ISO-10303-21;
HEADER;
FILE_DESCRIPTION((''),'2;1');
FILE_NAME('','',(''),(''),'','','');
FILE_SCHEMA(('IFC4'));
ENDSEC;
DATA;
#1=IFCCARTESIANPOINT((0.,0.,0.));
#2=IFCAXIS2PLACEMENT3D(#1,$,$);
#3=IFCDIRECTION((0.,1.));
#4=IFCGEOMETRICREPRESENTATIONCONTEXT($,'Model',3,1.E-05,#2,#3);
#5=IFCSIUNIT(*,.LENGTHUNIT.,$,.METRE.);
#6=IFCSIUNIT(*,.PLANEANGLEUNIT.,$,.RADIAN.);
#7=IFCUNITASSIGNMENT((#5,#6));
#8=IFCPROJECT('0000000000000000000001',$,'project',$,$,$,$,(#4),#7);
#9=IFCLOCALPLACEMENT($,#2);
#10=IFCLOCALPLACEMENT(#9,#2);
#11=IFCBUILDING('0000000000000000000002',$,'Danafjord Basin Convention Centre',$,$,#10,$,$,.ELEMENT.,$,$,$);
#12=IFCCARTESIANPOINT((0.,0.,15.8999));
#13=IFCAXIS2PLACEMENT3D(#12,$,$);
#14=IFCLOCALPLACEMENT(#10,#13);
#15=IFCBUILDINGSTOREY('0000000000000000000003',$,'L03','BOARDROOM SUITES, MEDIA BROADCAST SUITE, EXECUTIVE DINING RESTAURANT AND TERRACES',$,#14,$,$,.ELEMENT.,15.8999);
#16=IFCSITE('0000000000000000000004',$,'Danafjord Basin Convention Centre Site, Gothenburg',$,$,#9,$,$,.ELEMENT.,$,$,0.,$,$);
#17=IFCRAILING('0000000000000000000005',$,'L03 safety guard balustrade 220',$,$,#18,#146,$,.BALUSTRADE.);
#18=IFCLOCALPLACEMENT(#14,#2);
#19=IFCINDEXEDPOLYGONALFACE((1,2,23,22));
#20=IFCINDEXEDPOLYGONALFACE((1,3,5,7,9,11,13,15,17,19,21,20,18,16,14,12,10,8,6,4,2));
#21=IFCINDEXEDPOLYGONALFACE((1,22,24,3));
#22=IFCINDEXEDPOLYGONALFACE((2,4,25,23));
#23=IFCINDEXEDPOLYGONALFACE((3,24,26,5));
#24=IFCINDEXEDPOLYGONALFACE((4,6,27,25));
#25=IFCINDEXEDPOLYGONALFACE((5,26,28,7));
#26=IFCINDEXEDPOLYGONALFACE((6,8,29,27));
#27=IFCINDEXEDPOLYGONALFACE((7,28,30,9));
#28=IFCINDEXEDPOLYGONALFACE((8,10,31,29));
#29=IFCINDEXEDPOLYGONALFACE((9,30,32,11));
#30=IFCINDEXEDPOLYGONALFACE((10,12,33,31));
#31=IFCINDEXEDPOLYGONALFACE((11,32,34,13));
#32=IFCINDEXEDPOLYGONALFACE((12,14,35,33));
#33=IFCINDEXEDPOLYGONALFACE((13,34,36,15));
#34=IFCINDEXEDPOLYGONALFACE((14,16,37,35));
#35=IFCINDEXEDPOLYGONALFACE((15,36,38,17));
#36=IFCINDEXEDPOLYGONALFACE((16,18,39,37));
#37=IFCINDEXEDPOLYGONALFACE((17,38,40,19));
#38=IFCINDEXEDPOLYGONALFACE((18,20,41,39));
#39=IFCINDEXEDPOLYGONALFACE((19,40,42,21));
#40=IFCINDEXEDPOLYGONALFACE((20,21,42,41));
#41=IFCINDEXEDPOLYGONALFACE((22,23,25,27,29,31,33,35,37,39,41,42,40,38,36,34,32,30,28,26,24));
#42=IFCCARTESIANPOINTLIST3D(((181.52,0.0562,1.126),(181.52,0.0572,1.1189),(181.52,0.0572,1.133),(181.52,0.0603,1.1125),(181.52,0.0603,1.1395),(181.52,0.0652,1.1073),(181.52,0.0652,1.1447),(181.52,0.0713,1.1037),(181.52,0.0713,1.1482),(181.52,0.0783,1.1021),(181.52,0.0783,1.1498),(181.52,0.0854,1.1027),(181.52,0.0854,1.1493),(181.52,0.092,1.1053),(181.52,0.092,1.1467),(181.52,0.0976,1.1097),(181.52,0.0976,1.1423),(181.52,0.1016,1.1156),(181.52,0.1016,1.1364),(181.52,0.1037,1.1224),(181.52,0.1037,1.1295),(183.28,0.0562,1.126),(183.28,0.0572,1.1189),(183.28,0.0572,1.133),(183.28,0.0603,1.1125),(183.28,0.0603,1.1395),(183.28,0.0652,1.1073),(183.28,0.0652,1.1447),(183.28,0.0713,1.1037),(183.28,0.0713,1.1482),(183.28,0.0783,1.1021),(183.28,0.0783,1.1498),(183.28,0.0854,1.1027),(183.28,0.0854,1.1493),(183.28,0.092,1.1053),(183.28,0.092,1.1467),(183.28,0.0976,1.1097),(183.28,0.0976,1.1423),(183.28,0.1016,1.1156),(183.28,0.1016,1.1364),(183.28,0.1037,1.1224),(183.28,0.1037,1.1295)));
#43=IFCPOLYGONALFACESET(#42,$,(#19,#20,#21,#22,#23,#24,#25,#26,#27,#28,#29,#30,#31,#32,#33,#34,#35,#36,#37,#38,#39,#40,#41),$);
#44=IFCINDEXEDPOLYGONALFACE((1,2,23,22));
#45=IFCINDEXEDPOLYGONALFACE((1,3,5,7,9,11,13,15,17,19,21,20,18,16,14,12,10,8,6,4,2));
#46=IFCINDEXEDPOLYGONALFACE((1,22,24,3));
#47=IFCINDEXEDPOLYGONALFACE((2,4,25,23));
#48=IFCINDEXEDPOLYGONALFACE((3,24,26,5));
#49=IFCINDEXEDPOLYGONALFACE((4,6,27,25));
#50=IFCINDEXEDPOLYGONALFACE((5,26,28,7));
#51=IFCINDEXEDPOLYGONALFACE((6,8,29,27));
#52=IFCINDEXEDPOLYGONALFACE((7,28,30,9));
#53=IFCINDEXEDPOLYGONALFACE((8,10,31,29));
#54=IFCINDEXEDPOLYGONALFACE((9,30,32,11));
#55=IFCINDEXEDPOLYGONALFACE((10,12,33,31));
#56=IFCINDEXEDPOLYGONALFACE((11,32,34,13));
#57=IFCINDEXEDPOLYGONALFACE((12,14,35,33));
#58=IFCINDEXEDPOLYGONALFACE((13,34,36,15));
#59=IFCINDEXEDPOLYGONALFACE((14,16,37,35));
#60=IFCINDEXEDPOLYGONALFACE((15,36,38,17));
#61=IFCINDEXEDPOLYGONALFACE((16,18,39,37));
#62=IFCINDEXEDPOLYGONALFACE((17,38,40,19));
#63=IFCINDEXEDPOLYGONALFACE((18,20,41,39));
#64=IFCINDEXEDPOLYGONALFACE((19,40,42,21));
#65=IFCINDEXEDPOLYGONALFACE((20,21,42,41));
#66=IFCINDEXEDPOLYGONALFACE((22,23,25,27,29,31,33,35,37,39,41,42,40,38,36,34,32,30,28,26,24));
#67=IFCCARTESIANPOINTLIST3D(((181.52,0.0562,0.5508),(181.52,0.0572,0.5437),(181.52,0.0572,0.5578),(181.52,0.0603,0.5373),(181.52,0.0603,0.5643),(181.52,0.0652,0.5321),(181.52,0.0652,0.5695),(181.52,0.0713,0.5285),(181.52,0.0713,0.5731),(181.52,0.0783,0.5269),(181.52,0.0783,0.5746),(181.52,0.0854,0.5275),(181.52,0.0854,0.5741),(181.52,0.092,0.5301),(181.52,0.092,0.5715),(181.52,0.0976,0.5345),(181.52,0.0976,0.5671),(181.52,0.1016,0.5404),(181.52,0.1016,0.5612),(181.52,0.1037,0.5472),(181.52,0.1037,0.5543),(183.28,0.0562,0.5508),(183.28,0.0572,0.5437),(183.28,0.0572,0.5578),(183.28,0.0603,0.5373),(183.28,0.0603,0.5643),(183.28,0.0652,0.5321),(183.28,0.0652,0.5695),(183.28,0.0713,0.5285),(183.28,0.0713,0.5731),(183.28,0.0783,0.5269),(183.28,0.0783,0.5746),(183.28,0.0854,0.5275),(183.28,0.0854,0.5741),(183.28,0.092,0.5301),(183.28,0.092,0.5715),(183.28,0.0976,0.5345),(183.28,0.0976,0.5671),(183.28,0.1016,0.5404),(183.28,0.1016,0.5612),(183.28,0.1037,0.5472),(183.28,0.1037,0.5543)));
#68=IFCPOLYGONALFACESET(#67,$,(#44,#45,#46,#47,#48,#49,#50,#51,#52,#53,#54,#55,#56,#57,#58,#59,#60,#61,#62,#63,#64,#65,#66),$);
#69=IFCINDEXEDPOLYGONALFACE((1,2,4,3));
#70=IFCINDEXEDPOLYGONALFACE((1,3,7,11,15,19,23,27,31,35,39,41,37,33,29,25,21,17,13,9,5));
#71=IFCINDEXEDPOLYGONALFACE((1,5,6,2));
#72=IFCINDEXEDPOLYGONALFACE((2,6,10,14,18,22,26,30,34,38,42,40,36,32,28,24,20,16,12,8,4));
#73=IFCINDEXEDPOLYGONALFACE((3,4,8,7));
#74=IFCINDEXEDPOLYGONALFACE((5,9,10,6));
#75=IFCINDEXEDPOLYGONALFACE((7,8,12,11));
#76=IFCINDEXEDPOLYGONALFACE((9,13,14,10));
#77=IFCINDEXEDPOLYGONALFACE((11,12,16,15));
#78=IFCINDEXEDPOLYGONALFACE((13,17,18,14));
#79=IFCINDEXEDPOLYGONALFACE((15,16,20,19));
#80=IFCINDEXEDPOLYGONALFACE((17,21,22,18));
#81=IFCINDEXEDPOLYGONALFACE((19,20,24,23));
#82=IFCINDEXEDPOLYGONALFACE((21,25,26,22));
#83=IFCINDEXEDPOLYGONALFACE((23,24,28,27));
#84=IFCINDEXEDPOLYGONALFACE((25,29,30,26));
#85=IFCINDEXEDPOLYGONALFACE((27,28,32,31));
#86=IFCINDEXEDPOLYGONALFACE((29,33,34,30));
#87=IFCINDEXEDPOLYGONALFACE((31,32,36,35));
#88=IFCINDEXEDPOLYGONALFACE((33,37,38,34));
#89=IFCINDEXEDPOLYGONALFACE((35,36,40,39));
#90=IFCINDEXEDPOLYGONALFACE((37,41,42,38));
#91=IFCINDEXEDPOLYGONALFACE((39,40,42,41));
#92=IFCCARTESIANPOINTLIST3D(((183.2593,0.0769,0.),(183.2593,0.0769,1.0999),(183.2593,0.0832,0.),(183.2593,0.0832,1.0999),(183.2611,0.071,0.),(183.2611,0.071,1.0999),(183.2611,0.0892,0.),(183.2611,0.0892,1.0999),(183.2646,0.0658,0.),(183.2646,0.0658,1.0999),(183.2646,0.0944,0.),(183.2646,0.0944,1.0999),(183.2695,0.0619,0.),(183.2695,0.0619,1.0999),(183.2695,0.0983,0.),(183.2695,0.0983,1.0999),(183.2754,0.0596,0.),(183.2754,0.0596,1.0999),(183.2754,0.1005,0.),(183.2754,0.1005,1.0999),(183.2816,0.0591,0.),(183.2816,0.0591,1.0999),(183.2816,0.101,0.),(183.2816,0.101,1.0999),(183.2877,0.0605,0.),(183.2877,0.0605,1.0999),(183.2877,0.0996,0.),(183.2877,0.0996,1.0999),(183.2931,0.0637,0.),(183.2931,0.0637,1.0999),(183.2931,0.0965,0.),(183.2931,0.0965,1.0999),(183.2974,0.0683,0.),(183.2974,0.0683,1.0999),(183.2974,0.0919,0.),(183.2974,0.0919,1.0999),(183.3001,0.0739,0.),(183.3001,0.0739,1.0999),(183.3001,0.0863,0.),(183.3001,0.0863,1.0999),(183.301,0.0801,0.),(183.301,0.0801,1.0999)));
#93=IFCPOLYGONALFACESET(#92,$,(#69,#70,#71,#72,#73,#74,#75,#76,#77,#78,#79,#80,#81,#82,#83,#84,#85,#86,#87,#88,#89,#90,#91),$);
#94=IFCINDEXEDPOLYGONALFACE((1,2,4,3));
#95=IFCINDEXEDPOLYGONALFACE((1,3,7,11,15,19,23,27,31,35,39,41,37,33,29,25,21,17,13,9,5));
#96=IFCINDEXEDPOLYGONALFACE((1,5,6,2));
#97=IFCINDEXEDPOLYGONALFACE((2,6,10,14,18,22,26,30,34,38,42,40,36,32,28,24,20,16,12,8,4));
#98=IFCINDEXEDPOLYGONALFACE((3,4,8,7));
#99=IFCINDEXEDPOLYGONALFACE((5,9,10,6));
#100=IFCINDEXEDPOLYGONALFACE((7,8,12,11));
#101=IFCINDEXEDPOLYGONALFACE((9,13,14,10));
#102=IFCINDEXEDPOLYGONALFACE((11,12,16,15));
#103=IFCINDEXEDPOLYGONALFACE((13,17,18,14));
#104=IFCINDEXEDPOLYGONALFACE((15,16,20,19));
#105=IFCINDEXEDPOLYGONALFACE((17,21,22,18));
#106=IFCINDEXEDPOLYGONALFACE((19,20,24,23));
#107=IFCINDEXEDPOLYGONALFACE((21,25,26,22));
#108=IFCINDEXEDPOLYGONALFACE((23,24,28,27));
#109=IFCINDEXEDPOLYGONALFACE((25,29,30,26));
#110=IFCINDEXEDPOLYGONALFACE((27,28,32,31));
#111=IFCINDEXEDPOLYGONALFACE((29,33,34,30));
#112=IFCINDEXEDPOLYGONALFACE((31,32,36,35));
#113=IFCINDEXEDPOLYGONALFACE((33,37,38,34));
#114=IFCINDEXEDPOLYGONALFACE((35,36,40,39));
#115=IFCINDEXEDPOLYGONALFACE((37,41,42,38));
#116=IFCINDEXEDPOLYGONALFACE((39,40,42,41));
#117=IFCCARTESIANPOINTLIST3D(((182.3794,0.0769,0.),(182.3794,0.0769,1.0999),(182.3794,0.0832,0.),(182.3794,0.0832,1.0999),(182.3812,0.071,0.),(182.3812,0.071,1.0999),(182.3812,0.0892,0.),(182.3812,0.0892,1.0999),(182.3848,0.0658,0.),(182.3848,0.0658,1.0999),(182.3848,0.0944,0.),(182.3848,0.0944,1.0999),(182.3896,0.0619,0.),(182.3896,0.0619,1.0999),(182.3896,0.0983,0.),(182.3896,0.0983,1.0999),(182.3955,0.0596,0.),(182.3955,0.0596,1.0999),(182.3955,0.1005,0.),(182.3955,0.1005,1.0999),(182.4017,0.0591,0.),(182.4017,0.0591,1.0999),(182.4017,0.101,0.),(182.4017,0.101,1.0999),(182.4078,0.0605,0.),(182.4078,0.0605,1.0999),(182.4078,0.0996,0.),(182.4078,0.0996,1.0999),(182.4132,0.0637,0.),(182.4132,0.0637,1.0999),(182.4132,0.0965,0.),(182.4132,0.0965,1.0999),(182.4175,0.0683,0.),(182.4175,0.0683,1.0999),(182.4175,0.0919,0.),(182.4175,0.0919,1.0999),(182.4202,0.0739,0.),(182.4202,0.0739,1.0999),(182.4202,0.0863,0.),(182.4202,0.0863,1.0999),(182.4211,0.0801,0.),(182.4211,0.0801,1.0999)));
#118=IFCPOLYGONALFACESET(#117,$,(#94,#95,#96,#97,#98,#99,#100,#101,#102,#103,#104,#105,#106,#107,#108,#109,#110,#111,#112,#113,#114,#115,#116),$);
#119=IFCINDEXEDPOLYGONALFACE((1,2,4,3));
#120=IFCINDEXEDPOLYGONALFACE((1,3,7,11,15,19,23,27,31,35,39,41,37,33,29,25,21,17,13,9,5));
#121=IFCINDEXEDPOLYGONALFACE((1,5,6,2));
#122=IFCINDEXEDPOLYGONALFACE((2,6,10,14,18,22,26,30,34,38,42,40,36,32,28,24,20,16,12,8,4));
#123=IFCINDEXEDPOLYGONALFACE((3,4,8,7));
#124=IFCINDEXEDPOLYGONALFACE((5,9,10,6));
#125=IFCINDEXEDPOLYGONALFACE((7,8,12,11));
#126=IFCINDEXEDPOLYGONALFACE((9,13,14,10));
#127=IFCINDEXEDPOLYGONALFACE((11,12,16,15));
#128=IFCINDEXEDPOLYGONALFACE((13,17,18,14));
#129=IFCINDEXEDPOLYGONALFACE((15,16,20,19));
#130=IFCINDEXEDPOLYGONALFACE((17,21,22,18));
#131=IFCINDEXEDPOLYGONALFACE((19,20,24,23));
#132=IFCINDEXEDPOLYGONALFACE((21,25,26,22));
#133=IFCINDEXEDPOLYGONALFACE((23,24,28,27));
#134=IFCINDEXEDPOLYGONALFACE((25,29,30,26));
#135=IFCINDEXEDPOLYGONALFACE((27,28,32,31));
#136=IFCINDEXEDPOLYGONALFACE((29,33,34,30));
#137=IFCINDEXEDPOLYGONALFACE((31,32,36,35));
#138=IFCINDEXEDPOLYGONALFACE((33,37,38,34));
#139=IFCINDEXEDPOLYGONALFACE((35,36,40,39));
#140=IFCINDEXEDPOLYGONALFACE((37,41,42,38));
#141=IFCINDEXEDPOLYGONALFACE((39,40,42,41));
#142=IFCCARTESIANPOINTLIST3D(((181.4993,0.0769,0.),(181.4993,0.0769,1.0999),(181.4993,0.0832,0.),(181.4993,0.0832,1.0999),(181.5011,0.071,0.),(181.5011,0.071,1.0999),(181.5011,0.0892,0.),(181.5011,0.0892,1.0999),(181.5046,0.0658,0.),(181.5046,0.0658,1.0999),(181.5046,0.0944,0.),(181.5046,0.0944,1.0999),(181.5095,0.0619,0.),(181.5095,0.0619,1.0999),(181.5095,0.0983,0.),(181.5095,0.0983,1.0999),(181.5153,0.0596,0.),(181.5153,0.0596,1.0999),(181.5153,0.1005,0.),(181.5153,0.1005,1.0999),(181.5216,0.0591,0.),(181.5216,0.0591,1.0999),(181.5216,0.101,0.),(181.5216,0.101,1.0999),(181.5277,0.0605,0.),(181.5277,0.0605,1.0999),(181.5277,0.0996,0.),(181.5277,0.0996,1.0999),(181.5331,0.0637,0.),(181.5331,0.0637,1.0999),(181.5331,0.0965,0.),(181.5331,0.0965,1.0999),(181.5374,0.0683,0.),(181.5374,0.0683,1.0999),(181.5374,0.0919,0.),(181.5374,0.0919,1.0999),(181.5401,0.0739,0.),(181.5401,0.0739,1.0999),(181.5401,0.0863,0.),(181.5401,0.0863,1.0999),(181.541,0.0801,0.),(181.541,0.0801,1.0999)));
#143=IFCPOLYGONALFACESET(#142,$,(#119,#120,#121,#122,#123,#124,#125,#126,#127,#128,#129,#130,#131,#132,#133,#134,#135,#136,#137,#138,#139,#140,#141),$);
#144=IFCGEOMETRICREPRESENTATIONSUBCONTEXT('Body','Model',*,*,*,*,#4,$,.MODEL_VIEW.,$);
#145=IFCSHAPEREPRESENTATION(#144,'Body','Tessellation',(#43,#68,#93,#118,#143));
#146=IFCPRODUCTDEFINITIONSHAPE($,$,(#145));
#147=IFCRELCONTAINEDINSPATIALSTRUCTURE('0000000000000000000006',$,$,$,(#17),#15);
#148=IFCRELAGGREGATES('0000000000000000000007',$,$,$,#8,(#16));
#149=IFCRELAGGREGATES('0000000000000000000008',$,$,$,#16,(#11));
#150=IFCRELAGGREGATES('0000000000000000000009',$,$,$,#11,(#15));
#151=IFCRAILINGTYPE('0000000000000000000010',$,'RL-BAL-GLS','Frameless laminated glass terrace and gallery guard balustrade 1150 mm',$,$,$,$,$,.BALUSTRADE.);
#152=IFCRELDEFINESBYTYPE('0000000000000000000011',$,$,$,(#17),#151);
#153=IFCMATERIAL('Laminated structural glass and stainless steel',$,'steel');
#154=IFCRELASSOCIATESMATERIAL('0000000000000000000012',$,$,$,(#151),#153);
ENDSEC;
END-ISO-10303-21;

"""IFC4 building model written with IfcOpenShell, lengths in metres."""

from ifc_helpers import new_model, si_unit, direction, frame, origin, origin_2d, place, context, subcontext, project, spatial, circle, extrude, material, type_object, element, save


model = new_model("IFC4")

# Units and contexts
model_context = context("Model", 3, precision=1e-05, world=origin(), true_north=direction((0.0, 1.0)))
body_context = subcontext(model_context, "Body", "Model", "MODEL_VIEW")
ifc_project = project(units=[si_unit("LENGTHUNIT", "METRE"), si_unit("PLANEANGLEUNIT", "RADIAN")], contexts=[model_context])

# Site, building, storey
site_placement = place(None, origin())
site = spatial("IfcSite", under=ifc_project, at=site_placement, Name="Danafjord Basin Convention Centre Site, Gothenburg", CompositionType="ELEMENT", RefElevation=0.0)
building_placement = place(site_placement, origin())
building = spatial("IfcBuilding", under=site, at=building_placement, Name="Danafjord Basin Convention Centre", CompositionType="ELEMENT")
storey_placement = place(building_placement, frame((0.0, 0.0, 15.8999)))
storey = spatial("IfcBuildingStorey", under=building, at=storey_placement, Name="L03", Description="BOARDROOM SUITES, MEDIA BROADCAST SUITE, EXECUTIVE DINING RESTAURANT AND TERRACES", CompositionType="ELEMENT", Elevation=15.8999)

# Railing
ifc_material_1 = material(Name="Laminated structural glass and stainless steel", Category="steel")
railing_type_1 = type_object("IfcRailingType", Name="RL-BAL-GLS", Description="Frameless laminated glass terrace and gallery guard balustrade 1150 mm", PredefinedType="BALUSTRADE", material=ifc_material_1)
railing_1_placement = place(storey_placement, frame((183.28, 0.0801, 0.0)))
element("IfcRailing", 1, at=railing_1_placement, inside=storey, type_object=railing_type_1, Name="L03 safety guard balustrade 220", PredefinedType="BALUSTRADE", context=body_context, shape_type="SweptSolid", body=[
    extrude(circle(Radius=0.0239, at=origin_2d()), frame((0.0, 0.0, 1.126), z_axis=(-1.0, 0.0, 0.0), x_axis=(0.0, -1.0, 0.0)), (0.0, 0.0, 1.0), 1.76),
    extrude(circle(Radius=0.0239, at=origin_2d()), frame((0.0, 0.0, 0.5508), z_axis=(-1.0, 0.0, 0.0), x_axis=(0.0, -1.0, 0.0)), (0.0, 0.0, 1.0), 1.76),
    extrude(circle(Radius=0.021, at=origin_2d()), origin(), (0.0, 0.0, 1.0), 1.0999),
    extrude(circle(Radius=0.021, at=origin_2d()), frame((-0.8799, 0.0, 0.0)), (0.0, 0.0, 1.0), 1.0999),
    extrude(circle(Radius=0.021, at=origin_2d()), frame((-1.76, 0.0, 0.0)), (0.0, 0.0, 1.0), 1.0999),
])

save(model, "model.ifc")
